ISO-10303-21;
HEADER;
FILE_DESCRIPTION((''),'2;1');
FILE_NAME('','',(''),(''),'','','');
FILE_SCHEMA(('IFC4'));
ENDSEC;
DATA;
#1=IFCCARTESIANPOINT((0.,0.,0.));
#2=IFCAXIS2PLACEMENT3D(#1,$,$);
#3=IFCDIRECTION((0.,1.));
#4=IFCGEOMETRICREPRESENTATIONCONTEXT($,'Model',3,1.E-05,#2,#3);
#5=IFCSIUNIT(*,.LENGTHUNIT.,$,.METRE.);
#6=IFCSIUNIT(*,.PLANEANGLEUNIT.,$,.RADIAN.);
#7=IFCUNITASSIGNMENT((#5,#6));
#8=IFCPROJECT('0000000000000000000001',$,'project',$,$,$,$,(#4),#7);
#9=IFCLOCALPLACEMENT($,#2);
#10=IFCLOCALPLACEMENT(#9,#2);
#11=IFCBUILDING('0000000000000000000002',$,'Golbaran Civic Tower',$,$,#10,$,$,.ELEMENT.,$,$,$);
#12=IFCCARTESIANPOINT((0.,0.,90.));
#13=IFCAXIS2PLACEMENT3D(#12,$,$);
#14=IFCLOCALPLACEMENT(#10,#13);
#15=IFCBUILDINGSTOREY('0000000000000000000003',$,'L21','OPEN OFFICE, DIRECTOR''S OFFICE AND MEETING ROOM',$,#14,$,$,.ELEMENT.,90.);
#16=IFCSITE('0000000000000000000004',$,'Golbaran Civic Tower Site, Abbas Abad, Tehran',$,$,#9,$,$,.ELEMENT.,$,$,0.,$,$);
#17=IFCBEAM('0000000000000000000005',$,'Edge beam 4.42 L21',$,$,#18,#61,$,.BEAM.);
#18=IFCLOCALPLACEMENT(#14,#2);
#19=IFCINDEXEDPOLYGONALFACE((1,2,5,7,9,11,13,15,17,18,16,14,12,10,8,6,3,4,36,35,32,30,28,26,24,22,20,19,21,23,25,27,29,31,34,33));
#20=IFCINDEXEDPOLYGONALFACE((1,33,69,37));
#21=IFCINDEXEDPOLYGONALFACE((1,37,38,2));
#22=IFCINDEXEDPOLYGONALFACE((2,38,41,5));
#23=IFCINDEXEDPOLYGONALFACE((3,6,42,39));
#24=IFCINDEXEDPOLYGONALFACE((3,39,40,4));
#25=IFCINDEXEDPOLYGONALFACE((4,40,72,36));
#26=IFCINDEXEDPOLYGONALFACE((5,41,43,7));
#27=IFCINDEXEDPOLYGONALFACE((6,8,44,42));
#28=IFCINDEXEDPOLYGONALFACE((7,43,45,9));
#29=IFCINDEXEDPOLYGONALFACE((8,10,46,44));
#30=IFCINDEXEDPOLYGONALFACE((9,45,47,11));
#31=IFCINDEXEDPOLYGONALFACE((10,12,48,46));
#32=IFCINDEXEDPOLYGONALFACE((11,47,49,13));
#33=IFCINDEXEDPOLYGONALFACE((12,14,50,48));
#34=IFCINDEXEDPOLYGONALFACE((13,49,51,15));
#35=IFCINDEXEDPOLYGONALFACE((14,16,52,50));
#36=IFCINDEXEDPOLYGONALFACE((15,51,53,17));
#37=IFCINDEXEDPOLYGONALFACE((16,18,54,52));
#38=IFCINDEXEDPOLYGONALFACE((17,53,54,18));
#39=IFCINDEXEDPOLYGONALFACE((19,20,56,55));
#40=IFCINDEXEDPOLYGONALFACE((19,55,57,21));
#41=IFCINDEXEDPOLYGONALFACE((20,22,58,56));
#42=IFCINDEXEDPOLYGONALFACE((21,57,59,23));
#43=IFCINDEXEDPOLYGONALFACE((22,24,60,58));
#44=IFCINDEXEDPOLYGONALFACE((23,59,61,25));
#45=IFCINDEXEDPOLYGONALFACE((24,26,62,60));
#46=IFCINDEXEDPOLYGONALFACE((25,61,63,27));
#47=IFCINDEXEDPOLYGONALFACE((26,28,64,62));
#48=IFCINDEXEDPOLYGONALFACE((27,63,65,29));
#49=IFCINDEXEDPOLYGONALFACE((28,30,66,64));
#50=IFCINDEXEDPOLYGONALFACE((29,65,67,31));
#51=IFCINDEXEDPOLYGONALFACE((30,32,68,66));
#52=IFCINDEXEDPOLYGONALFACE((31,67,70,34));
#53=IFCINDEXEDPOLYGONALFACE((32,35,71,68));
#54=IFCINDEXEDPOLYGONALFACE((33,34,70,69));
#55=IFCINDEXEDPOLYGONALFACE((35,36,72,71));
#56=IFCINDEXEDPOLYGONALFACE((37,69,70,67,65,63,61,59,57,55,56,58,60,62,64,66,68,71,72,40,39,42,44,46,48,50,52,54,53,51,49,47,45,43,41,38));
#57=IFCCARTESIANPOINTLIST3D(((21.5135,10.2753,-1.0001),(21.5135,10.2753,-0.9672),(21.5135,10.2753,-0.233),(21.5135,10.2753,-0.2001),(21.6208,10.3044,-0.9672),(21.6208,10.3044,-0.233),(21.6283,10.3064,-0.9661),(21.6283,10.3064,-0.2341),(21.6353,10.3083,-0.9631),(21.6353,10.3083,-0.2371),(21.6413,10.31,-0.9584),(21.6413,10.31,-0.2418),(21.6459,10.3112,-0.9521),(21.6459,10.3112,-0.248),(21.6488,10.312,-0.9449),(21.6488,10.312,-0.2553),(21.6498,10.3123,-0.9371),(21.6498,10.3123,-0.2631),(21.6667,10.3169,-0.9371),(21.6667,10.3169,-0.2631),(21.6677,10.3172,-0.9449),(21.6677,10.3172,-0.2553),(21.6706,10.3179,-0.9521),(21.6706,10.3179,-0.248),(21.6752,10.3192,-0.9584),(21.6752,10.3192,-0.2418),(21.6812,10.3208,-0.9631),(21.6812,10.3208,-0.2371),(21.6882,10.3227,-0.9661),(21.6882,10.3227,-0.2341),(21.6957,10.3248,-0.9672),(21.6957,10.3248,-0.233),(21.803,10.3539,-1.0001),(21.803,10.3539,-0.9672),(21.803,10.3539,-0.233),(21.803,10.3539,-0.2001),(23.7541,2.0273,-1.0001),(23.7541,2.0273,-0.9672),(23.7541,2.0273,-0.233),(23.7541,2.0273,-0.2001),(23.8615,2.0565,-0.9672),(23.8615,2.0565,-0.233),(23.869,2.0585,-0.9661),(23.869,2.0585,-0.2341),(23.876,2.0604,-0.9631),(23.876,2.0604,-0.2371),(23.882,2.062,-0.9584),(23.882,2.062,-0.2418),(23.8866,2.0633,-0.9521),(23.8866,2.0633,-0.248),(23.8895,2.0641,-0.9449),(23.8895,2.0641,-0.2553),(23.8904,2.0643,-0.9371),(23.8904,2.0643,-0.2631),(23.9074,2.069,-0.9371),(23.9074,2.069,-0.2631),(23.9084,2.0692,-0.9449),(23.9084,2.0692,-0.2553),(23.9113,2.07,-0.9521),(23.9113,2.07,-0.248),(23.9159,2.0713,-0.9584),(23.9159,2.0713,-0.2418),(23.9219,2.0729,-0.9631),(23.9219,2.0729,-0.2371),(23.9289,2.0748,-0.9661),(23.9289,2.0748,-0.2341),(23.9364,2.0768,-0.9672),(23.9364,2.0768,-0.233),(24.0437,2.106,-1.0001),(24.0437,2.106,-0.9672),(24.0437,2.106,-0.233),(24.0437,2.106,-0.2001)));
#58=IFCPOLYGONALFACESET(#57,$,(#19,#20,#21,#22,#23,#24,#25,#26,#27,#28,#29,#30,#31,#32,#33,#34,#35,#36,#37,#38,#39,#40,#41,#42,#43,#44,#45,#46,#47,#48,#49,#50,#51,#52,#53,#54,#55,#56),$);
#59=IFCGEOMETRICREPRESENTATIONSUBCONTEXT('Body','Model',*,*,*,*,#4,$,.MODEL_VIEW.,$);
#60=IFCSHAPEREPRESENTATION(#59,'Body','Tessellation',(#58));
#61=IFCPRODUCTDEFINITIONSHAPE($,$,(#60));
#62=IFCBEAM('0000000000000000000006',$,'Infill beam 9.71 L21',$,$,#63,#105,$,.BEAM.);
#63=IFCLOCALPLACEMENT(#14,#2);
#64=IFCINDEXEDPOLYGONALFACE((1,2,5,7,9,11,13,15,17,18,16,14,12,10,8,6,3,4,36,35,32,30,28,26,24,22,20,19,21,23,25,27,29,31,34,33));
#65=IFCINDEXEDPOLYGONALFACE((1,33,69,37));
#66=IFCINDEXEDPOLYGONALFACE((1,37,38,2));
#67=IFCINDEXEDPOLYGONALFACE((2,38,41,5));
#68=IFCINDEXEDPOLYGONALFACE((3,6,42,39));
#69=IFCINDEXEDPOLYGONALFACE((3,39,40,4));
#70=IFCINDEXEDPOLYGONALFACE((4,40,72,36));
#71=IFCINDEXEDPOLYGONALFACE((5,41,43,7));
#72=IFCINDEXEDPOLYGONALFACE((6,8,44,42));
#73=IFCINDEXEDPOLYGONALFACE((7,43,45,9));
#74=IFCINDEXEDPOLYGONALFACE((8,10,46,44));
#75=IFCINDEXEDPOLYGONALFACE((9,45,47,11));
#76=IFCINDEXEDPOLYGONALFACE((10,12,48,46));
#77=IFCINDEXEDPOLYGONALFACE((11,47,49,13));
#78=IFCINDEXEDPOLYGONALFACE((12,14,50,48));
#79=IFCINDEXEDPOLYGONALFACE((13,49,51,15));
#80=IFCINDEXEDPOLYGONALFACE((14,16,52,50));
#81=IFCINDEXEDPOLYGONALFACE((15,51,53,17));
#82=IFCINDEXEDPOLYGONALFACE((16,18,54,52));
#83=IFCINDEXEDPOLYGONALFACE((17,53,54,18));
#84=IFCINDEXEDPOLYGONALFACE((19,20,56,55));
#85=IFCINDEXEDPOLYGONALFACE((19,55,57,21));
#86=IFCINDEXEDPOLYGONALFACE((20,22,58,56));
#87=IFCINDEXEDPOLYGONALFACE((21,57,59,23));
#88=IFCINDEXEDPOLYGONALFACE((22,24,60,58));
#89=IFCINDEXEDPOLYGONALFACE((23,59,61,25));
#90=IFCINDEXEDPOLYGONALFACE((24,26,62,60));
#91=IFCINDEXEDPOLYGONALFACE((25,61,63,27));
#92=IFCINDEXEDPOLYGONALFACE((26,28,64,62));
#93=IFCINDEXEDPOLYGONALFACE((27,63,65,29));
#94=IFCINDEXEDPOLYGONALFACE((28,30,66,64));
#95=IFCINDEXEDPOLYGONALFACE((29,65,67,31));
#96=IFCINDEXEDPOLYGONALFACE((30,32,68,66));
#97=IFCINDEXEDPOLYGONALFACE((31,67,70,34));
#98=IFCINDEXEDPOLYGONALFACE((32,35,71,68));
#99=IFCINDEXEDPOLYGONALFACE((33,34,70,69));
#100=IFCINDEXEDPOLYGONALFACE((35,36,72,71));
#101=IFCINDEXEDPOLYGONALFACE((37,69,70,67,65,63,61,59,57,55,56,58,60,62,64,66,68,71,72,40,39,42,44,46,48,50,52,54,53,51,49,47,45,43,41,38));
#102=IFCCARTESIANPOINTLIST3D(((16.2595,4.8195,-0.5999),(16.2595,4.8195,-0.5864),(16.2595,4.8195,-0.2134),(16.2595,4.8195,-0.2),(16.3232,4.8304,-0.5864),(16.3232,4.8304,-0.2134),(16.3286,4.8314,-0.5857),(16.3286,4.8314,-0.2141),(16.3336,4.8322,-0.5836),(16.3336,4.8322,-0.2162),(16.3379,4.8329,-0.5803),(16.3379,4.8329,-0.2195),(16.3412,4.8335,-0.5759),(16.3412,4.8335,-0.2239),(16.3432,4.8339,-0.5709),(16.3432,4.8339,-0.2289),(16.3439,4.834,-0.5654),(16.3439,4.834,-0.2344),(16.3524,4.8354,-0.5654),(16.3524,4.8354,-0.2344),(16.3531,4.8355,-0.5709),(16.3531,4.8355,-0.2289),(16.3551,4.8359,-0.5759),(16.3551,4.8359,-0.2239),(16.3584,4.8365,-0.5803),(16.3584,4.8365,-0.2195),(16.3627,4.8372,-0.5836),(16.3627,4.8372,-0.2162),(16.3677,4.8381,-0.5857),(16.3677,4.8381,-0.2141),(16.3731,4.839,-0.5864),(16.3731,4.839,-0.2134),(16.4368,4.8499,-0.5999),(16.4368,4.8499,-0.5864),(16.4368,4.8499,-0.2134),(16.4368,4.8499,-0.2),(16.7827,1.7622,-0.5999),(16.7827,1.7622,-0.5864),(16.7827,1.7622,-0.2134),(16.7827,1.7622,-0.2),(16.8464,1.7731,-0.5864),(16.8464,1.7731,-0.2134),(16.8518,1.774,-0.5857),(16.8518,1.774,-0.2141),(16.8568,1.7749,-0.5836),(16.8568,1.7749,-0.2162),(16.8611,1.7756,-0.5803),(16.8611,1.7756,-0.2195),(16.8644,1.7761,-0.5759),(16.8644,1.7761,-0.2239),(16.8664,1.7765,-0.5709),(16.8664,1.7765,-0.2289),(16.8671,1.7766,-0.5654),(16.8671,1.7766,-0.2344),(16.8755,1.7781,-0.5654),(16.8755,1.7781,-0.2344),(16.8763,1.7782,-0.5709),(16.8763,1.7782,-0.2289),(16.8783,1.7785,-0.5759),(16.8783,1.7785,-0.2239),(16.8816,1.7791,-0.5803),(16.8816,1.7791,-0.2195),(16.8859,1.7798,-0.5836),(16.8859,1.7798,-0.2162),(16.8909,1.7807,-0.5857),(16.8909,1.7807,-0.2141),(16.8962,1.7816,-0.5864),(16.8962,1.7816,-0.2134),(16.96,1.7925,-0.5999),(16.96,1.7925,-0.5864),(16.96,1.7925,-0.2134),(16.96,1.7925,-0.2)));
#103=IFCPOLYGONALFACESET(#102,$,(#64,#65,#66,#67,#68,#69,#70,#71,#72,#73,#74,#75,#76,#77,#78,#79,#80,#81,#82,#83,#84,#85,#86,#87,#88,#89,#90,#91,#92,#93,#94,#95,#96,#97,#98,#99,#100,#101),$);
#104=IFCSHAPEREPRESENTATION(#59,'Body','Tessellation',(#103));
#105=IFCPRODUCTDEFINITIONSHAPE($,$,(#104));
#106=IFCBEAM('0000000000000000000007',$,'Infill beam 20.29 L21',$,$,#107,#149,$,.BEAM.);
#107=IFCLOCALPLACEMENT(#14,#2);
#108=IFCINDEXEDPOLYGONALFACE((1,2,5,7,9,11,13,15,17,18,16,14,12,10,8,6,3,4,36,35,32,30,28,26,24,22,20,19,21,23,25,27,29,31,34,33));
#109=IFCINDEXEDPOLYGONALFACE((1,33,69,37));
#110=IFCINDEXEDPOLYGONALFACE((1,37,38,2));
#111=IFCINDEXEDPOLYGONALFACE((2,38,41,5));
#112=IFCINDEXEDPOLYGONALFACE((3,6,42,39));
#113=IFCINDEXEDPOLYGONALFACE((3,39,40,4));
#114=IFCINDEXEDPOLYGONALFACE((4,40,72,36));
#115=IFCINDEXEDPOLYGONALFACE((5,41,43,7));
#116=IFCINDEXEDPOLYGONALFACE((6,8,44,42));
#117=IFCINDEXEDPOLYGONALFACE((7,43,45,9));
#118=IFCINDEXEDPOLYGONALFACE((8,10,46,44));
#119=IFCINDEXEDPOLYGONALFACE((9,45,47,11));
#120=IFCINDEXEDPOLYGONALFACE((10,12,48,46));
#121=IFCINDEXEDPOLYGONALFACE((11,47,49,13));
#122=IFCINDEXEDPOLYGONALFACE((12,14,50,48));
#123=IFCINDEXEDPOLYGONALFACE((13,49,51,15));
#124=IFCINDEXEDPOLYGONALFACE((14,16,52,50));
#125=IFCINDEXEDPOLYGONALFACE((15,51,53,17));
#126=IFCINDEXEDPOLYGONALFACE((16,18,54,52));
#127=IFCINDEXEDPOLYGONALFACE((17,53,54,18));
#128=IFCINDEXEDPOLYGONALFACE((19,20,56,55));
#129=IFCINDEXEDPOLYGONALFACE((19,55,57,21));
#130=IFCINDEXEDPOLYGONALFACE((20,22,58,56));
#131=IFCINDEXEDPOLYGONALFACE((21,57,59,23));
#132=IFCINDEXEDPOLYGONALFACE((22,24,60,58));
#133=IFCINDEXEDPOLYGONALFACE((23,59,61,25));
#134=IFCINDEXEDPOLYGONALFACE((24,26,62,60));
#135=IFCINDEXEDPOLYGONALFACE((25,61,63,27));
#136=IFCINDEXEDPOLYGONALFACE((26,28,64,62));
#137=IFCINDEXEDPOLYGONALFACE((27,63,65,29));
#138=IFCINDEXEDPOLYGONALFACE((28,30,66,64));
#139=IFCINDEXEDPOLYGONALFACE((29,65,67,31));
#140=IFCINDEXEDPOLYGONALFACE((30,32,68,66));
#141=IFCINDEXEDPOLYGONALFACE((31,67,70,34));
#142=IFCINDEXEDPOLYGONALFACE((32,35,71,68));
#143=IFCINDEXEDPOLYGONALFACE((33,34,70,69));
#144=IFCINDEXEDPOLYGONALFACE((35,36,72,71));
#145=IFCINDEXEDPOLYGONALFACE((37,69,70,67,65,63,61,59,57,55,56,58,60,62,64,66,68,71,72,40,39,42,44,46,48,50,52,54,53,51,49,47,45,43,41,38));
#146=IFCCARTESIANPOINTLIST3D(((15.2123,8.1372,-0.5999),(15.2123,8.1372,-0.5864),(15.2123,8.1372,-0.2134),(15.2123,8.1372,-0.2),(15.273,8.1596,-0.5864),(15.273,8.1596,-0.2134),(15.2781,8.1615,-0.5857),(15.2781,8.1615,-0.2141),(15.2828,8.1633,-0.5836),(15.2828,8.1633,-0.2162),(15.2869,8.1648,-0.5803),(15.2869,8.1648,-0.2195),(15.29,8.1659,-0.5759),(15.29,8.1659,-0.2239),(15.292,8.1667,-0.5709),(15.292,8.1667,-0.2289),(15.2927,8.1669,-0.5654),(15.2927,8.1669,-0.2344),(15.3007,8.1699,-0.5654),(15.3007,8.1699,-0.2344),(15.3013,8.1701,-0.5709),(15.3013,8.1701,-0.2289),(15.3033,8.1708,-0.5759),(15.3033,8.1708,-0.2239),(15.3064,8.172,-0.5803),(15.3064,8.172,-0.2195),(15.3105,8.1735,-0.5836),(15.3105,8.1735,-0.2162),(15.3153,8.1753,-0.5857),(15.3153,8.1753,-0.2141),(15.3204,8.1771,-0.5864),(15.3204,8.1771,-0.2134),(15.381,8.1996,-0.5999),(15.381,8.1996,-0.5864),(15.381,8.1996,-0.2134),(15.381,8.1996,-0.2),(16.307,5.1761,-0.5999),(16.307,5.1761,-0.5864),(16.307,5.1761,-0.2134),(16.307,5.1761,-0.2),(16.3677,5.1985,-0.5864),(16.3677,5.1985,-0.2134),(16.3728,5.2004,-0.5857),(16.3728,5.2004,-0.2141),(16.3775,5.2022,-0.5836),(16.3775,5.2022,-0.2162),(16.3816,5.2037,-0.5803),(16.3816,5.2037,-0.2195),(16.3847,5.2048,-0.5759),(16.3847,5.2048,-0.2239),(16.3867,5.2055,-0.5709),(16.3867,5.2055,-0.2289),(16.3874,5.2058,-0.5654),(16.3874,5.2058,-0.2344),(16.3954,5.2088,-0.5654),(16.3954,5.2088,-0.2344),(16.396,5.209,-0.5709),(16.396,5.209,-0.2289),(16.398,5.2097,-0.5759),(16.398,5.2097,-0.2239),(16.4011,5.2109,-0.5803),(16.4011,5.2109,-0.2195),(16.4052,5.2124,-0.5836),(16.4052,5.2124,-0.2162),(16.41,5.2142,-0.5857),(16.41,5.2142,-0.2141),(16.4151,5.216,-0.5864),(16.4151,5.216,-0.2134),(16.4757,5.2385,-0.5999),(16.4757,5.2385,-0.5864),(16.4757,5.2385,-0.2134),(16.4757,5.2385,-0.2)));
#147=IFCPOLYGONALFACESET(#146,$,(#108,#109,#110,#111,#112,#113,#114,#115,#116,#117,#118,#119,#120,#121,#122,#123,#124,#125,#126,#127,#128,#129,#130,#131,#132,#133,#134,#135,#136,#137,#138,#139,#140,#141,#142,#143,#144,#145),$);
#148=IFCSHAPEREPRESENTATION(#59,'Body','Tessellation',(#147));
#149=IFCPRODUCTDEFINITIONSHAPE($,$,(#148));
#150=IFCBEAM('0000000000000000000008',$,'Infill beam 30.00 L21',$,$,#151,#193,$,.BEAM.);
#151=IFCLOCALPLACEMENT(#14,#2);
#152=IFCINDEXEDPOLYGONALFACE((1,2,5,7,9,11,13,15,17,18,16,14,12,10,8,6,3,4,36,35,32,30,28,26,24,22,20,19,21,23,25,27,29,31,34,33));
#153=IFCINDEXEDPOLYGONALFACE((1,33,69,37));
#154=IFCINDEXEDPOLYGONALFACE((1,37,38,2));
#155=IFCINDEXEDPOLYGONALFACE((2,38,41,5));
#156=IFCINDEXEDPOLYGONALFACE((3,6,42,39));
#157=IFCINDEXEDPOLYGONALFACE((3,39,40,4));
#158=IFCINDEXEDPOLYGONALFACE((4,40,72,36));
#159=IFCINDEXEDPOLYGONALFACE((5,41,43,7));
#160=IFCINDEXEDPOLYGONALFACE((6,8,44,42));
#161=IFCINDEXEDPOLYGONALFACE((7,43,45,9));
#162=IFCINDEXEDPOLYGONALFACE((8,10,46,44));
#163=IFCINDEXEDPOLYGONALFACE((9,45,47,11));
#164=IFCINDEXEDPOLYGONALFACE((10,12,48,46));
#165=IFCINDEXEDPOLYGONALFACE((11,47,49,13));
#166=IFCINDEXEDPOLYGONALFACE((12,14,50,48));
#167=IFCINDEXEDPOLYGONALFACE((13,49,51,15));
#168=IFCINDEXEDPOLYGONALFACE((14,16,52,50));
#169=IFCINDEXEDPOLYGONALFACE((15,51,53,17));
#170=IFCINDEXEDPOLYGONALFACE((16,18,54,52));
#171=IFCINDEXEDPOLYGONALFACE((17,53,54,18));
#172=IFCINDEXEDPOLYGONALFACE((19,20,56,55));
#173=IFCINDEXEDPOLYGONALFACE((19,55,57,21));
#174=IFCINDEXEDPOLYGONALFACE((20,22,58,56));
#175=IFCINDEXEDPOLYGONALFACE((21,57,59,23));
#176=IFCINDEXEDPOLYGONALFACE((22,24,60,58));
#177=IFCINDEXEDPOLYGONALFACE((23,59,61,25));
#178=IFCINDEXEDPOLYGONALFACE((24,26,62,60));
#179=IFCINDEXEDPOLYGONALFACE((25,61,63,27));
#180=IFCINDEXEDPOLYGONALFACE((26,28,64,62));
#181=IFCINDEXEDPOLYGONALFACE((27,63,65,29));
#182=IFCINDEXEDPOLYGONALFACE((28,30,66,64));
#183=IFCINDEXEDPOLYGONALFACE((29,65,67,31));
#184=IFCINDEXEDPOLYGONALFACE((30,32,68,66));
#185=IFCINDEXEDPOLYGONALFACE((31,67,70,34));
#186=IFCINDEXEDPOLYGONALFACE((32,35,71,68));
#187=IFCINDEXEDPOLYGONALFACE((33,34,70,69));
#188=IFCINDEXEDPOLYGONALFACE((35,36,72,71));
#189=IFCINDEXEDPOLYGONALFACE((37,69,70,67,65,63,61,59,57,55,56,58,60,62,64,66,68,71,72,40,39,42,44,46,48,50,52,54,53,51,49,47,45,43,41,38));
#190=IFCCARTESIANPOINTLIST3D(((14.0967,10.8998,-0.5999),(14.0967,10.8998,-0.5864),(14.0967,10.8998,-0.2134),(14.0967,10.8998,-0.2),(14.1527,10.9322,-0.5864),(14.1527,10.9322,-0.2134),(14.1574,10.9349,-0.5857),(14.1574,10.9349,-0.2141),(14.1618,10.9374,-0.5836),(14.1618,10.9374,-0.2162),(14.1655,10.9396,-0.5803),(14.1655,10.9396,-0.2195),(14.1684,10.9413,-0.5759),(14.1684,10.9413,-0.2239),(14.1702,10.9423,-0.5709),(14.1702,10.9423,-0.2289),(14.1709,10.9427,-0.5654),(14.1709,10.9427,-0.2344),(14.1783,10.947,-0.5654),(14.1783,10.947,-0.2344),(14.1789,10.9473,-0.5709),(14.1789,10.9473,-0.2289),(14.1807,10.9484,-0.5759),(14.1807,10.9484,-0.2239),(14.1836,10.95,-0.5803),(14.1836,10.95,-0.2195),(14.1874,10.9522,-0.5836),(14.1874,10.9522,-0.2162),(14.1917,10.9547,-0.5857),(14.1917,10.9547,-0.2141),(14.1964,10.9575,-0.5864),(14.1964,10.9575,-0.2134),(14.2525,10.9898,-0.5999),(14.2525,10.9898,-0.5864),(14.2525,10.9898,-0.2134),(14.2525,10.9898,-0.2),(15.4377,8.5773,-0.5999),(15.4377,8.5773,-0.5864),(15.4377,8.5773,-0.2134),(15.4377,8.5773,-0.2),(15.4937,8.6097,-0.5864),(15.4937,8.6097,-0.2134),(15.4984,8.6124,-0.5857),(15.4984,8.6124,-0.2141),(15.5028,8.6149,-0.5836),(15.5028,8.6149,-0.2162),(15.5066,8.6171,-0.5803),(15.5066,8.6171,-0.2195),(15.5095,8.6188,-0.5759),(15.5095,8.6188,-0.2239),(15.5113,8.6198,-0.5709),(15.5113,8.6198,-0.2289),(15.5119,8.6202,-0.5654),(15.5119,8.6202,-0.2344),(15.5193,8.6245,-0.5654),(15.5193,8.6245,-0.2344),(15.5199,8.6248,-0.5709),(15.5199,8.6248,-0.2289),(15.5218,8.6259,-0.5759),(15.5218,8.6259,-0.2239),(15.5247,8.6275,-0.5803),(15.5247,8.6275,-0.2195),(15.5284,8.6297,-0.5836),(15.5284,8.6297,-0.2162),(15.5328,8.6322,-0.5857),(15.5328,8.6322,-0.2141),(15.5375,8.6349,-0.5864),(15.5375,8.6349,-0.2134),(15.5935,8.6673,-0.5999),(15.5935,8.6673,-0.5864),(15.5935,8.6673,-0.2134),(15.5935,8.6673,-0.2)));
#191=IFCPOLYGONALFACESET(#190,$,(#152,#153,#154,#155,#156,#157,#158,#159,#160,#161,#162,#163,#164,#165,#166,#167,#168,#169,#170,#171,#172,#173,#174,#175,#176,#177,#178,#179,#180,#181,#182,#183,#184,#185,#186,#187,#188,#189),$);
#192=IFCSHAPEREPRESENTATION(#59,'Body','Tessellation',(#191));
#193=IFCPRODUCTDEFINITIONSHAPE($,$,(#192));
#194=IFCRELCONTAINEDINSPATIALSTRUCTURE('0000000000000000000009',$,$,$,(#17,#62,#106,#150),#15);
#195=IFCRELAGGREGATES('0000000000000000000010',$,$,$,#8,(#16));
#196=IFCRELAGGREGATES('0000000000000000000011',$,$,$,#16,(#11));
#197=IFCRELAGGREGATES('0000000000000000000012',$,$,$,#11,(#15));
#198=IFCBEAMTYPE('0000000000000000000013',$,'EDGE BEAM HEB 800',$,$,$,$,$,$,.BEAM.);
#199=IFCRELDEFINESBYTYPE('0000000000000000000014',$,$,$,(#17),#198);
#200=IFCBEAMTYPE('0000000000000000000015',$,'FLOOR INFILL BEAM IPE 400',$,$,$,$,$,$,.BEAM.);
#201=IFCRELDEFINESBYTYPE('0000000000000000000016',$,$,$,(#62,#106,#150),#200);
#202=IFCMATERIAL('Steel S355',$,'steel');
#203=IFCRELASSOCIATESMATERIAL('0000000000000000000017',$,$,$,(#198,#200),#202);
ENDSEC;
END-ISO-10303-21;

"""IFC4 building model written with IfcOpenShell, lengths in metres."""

from ifc_helpers import new_model, si_unit, direction, frame, origin, origin_2d, place, context, subcontext, project, spatial, i_section, extrude, material, material_profile, profile_set, type_object, element, save


model = new_model("IFC4")

# Units and contexts
model_context = context("Model", 3, precision=1e-05, world=origin(), true_north=direction((0.0, 1.0)))
body_context = subcontext(model_context, "Body", "Model", "MODEL_VIEW")
ifc_project = project(units=[si_unit("LENGTHUNIT", "METRE"), si_unit("PLANEANGLEUNIT", "RADIAN")], contexts=[model_context])

# Site, building, storey
site_placement = place(None, origin())
site = spatial("IfcSite", under=ifc_project, at=site_placement, Name="Golbaran Civic Tower Site, Abbas Abad, Tehran", CompositionType="ELEMENT", RefElevation=0.0)
building_placement = place(site_placement, origin())
building = spatial("IfcBuilding", under=site, at=building_placement, Name="Golbaran Civic Tower", CompositionType="ELEMENT")
storey_placement = place(building_placement, frame((0.0, 0.0, 90.0)))
storey = spatial("IfcBuildingStorey", under=building, at=storey_placement, Name="L21", Description="OPEN OFFICE, DIRECTOR'S OFFICE AND MEETING ROOM", CompositionType="ELEMENT", Elevation=90.0)

# Beams
ifc_material_1 = material(Name="Steel S355", Category="steel")
ifc_material_profile_1 = material_profile(ifc_material_1, i_section(OverallWidth=0.3, OverallDepth=0.8, WebThickness=0.0176, FlangeThickness=0.033, FilletRadius=0.03, at=origin_2d()), Name="HEB 800")
ifc_profile_set_1 = profile_set([ifc_material_profile_1], Name="Steel S355")
beam_type_1 = type_object("IfcBeamType", Name="EDGE BEAM HEB 800", PredefinedType="BEAM", material=ifc_profile_set_1)
beam_1_placement = place(storey_placement, frame((23.8989, 2.0667, -0.6001), z_axis=(-0.262165, 0.965023, 0.0), x_axis=(-0.965023, -0.262165, 0.0)))
element("IfcBeam", 1, at=beam_1_placement, inside=storey, type_object=beam_type_1, Name="Edge beam 4.42 L21", PredefinedType="BEAM", context=body_context, shape_type="SweptSolid", body=[
    extrude(i_section(OverallWidth=0.3, OverallDepth=0.8, WebThickness=0.0176, FlangeThickness=0.033, FilletRadius=0.03, at=origin_2d()), origin(), (0.0, 0.0, 1.0), 8.5469),
])
ifc_material_profile_2 = material_profile(ifc_material_1, i_section(OverallWidth=0.1799, OverallDepth=0.3999, WebThickness=0.0085, FlangeThickness=0.0134, FilletRadius=0.021, at=origin_2d()), Name="IPE 400")
ifc_profile_set_2 = profile_set([ifc_material_profile_2], Name="Steel S355")
beam_type_2 = type_object("IfcBeamType", Name="FLOOR INFILL BEAM IPE 400", PredefinedType="BEAM", material=ifc_profile_set_2)
beam_2_placement = place(storey_placement, frame((16.8713, 1.7773, -0.3999), z_axis=(-0.168673, 0.985672, 0.0), x_axis=(-0.985672, -0.168673, 0.0)))
element("IfcBeam", 2, at=beam_2_placement, inside=storey, type_object=beam_type_2, Name="Infill beam 9.71 L21", PredefinedType="BEAM", context=body_context, shape_type="SweptSolid", body=[
    extrude(i_section(OverallWidth=0.1799, OverallDepth=0.3999, WebThickness=0.0085, FlangeThickness=0.0134, FilletRadius=0.021, at=origin_2d()), origin(), (0.0, 0.0, 1.0), 3.1018),
])
beam_3_placement = place(storey_placement, frame((16.3914, 5.2073, -0.3999), z_axis=(-0.346755, 0.937956, 0.0), x_axis=(-0.937956, -0.346755, 0.0)))
element("IfcBeam", 3, at=beam_3_placement, inside=storey, type_object=beam_type_2, Name="Infill beam 20.29 L21", PredefinedType="BEAM", context=body_context, shape_type="SweptSolid", body=[
    extrude(i_section(OverallWidth=0.1799, OverallDepth=0.3999, WebThickness=0.0085, FlangeThickness=0.0134, FilletRadius=0.021, at=origin_2d()), origin(), (0.0, 0.0, 1.0), 3.157),
])
beam_4_placement = place(storey_placement, frame((15.5156, 8.6223, -0.3999), z_axis=(-0.500046, 0.865999, 0.0), x_axis=(-0.865999, -0.500046, 0.0)))
element("IfcBeam", 4, at=beam_4_placement, inside=storey, type_object=beam_type_2, Name="Infill beam 30.00 L21", PredefinedType="BEAM", context=body_context, shape_type="SweptSolid", body=[
    extrude(i_section(OverallWidth=0.1799, OverallDepth=0.3999, WebThickness=0.0085, FlangeThickness=0.0134, FilletRadius=0.021, at=origin_2d()), origin(), (0.0, 0.0, 1.0), 2.6819),
])

save(model, "model.ifc")
